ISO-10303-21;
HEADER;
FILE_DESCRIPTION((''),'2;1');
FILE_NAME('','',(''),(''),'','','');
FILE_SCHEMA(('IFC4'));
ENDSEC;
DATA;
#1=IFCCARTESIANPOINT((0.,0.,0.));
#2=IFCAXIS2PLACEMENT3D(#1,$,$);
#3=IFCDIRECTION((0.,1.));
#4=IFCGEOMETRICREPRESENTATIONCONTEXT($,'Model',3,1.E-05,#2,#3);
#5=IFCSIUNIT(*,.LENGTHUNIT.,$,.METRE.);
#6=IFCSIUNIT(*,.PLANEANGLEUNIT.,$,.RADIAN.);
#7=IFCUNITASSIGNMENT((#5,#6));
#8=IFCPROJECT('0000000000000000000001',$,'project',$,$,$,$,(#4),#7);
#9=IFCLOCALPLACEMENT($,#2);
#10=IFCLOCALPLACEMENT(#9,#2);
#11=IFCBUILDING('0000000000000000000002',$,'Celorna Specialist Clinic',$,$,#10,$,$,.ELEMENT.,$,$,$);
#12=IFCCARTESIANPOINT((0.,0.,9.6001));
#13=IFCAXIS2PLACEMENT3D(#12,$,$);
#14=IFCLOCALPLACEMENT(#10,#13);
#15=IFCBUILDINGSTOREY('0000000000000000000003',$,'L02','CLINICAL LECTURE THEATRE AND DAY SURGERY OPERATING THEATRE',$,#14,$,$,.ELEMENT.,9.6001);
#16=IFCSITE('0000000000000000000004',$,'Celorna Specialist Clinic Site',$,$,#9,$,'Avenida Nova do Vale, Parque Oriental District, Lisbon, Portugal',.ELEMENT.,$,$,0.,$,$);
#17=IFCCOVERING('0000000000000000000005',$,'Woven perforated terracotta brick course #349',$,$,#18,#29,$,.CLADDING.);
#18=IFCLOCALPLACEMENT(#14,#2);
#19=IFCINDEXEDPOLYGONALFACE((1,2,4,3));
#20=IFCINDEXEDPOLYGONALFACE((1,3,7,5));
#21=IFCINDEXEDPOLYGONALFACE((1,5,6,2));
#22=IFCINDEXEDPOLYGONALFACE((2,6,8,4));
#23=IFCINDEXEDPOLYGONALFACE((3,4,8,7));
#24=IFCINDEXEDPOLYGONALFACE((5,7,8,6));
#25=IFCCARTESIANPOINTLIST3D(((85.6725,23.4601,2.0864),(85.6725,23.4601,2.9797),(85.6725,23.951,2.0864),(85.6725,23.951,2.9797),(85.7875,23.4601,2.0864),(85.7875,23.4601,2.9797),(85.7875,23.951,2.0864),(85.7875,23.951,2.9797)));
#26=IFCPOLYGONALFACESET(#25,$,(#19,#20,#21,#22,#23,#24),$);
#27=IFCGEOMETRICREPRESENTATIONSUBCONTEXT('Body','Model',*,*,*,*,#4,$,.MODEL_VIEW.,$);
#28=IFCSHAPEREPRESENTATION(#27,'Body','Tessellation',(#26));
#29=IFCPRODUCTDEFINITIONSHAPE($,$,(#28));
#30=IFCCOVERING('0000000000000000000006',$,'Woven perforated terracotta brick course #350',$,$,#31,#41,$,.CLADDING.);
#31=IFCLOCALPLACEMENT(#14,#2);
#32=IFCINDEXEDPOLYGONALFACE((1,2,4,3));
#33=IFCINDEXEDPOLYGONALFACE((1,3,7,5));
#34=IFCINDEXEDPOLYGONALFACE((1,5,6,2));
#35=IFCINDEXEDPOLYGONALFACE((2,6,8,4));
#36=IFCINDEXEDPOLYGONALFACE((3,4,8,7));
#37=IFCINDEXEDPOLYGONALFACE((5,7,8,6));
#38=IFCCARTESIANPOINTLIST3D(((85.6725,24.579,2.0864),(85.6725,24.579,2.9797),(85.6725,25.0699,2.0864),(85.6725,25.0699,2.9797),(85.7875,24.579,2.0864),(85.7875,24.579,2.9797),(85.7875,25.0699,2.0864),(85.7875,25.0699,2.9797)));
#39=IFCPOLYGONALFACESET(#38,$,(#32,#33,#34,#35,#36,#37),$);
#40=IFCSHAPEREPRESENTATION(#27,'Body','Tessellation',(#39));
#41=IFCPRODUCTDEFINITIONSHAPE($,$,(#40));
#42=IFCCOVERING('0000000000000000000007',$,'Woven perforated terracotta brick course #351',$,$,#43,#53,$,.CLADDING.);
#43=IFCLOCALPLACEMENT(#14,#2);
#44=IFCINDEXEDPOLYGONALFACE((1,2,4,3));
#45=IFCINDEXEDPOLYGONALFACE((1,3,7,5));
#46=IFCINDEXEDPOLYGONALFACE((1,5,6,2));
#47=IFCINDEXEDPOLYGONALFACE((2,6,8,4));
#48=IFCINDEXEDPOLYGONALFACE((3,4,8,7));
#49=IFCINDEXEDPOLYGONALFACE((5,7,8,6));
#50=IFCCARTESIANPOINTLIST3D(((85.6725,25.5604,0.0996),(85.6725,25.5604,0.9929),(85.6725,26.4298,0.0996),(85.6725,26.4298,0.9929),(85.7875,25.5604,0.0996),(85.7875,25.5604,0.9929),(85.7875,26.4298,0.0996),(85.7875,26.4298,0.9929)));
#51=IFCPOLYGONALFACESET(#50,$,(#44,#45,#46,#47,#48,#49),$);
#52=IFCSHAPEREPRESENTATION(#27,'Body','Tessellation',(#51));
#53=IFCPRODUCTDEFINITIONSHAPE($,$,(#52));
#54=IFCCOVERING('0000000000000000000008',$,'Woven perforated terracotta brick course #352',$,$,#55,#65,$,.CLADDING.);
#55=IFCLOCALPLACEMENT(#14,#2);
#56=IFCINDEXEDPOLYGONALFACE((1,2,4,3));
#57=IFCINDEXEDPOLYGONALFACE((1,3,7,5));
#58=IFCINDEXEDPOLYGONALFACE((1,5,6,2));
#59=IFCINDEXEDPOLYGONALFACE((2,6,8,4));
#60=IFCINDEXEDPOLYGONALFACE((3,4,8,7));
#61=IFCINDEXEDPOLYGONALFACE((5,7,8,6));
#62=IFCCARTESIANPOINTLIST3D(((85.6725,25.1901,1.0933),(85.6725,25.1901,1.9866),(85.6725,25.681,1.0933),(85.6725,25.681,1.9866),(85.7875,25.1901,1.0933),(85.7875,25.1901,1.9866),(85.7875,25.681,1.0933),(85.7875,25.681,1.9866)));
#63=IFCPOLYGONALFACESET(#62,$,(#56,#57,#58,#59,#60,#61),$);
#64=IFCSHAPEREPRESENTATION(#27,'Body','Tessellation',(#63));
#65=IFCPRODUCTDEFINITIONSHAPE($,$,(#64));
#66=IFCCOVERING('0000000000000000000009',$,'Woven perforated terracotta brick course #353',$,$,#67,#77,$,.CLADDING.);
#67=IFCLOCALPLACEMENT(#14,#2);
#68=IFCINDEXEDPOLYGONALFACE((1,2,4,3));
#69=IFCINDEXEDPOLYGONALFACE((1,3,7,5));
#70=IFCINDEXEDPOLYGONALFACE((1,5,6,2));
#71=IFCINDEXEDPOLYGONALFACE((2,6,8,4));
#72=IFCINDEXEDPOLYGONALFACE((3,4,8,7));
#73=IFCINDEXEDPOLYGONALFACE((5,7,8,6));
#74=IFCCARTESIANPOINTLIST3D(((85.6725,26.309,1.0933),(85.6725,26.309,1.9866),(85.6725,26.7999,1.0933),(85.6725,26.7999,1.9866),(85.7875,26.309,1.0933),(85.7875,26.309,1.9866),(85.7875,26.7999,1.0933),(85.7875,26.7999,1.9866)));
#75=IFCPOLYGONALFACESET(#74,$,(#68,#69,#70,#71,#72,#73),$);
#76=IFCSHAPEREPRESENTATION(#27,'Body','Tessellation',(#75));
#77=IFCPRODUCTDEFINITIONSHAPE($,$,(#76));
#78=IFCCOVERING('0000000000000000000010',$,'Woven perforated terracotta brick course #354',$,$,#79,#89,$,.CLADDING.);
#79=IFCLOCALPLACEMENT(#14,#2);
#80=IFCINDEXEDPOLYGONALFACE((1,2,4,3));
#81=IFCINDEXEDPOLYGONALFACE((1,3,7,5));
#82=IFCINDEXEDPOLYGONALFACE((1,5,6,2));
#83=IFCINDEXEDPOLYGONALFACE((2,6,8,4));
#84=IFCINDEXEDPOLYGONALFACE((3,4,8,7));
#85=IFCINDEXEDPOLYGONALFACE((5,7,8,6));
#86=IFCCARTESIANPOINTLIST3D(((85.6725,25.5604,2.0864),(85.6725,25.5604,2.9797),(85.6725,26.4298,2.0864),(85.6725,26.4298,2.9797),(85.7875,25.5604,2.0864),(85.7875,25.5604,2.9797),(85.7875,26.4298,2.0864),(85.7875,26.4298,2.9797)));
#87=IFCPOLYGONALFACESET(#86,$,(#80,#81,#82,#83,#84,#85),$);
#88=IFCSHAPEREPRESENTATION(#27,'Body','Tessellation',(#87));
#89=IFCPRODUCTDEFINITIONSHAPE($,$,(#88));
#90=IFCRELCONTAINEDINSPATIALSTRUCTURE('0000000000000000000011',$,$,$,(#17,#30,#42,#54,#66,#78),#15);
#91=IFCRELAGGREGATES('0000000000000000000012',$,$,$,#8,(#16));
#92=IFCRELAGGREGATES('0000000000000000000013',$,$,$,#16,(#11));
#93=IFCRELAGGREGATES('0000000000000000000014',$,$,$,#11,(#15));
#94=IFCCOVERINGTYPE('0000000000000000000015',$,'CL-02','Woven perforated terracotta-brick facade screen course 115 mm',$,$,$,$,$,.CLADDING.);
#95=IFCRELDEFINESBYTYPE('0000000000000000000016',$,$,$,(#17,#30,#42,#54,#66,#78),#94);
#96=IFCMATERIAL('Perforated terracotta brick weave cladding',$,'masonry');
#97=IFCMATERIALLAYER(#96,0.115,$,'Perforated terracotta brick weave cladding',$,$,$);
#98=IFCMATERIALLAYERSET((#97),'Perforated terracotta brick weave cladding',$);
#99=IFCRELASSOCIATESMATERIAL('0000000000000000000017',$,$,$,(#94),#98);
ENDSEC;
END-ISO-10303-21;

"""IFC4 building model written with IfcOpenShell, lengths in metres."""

from ifc_helpers import new_model, si_unit, direction, frame, origin, origin_2d, place, context, subcontext, project, spatial, rectangle, extrude, material, layer, layer_set, type_object, element, save


model = new_model("IFC4")

# Units and contexts
model_context = context("Model", 3, precision=1e-05, world=origin(), true_north=direction((0.0, 1.0)))
body_context = subcontext(model_context, "Body", "Model", "MODEL_VIEW")
ifc_project = project(units=[si_unit("LENGTHUNIT", "METRE"), si_unit("PLANEANGLEUNIT", "RADIAN")], contexts=[model_context])

# Site, building, storey
site_placement = place(None, origin())
site = spatial("IfcSite", under=ifc_project, at=site_placement, Name="Celorna Specialist Clinic Site", LongName="Avenida Nova do Vale, Parque Oriental District, Lisbon, Portugal", CompositionType="ELEMENT", RefElevation=0.0)
building_placement = place(site_placement, origin())
building = spatial("IfcBuilding", under=site, at=building_placement, Name="Celorna Specialist Clinic", CompositionType="ELEMENT")
storey_placement = place(building_placement, frame((0.0, 0.0, 9.6001)))
storey = spatial("IfcBuildingStorey", under=building, at=storey_placement, Name="L02", Description="CLINICAL LECTURE THEATRE AND DAY SURGERY OPERATING THEATRE", CompositionType="ELEMENT", Elevation=9.6001)

# Coverings
ifc_material_1 = material(Name="Perforated terracotta brick weave cladding", Category="masonry")
ifc_layer_1 = layer(ifc_material_1, 0.115, Name="Perforated terracotta brick weave cladding")
ifc_layer_set_1 = layer_set([ifc_layer_1], Name="Perforated terracotta brick weave cladding")
covering_type = type_object("IfcCoveringType", Name="CL-02", Description="Woven perforated terracotta-brick facade screen course 115 mm", PredefinedType="CLADDING", material=ifc_layer_set_1)
for number, where, z_axis, x_axis, name in (
    (1, (85.73, 23.7056, 2.0864), (0.0, 0.0, 1.0), (0.0, 1.0, 0.0), "Woven perforated terracotta brick course #349"),
    (2, (85.73, 24.8245, 2.0864), (0.0, 0.0, 1.0), (0.0, 1.0, 0.0), "Woven perforated terracotta brick course #350"),
):
    element("IfcCovering", number, at=place(storey_placement, frame(where, z_axis=z_axis, x_axis=x_axis)), inside=storey, type_object=covering_type, Name=name, PredefinedType="CLADDING", context=body_context, shape_type="SweptSolid", body=[
        extrude(rectangle(XDim=0.491, YDim=0.115, at=origin_2d()), origin(), (0.0, 0.0, 1.0), 0.8933),
    ])
covering_1_placement = place(storey_placement, frame((85.73, 25.9951, 0.0996), z_axis=(0.0, 0.0, 1.0), x_axis=(0.0, 1.0, 0.0)))
element("IfcCovering", 3, at=covering_1_placement, inside=storey, type_object=covering_type, Name="Woven perforated terracotta brick course #351", PredefinedType="CLADDING", context=body_context, shape_type="SweptSolid", body=[
    extrude(rectangle(XDim=0.8694, YDim=0.115, at=origin_2d()), origin(), (0.0, 0.0, 1.0), 0.8933),
])
for number, where, z_axis, x_axis, name in (
    (4, (85.73, 25.4355, 1.0933), (0.0, 0.0, 1.0), (0.0, 1.0, 0.0), "Woven perforated terracotta brick course #352"),
    (5, (85.73, 26.5544, 1.0933), (0.0, 0.0, 1.0), (0.0, 1.0, 0.0), "Woven perforated terracotta brick course #353"),
):
    element("IfcCovering", number, at=place(storey_placement, frame(where, z_axis=z_axis, x_axis=x_axis)), inside=storey, type_object=covering_type, Name=name, PredefinedType="CLADDING", context=body_context, shape_type="SweptSolid", body=[
        extrude(rectangle(XDim=0.491, YDim=0.115, at=origin_2d()), origin(), (0.0, 0.0, 1.0), 0.8933),
    ])
covering_2_placement = place(storey_placement, frame((85.73, 25.9951, 2.0864), z_axis=(0.0, 0.0, 1.0), x_axis=(0.0, 1.0, 0.0)))
element("IfcCovering", 6, at=covering_2_placement, inside=storey, type_object=covering_type, Name="Woven perforated terracotta brick course #354", PredefinedType="CLADDING", context=body_context, shape_type="SweptSolid", body=[
    extrude(rectangle(XDim=0.8694, YDim=0.115, at=origin_2d()), origin(), (0.0, 0.0, 1.0), 0.8933),
])

save(model, "model.ifc")
